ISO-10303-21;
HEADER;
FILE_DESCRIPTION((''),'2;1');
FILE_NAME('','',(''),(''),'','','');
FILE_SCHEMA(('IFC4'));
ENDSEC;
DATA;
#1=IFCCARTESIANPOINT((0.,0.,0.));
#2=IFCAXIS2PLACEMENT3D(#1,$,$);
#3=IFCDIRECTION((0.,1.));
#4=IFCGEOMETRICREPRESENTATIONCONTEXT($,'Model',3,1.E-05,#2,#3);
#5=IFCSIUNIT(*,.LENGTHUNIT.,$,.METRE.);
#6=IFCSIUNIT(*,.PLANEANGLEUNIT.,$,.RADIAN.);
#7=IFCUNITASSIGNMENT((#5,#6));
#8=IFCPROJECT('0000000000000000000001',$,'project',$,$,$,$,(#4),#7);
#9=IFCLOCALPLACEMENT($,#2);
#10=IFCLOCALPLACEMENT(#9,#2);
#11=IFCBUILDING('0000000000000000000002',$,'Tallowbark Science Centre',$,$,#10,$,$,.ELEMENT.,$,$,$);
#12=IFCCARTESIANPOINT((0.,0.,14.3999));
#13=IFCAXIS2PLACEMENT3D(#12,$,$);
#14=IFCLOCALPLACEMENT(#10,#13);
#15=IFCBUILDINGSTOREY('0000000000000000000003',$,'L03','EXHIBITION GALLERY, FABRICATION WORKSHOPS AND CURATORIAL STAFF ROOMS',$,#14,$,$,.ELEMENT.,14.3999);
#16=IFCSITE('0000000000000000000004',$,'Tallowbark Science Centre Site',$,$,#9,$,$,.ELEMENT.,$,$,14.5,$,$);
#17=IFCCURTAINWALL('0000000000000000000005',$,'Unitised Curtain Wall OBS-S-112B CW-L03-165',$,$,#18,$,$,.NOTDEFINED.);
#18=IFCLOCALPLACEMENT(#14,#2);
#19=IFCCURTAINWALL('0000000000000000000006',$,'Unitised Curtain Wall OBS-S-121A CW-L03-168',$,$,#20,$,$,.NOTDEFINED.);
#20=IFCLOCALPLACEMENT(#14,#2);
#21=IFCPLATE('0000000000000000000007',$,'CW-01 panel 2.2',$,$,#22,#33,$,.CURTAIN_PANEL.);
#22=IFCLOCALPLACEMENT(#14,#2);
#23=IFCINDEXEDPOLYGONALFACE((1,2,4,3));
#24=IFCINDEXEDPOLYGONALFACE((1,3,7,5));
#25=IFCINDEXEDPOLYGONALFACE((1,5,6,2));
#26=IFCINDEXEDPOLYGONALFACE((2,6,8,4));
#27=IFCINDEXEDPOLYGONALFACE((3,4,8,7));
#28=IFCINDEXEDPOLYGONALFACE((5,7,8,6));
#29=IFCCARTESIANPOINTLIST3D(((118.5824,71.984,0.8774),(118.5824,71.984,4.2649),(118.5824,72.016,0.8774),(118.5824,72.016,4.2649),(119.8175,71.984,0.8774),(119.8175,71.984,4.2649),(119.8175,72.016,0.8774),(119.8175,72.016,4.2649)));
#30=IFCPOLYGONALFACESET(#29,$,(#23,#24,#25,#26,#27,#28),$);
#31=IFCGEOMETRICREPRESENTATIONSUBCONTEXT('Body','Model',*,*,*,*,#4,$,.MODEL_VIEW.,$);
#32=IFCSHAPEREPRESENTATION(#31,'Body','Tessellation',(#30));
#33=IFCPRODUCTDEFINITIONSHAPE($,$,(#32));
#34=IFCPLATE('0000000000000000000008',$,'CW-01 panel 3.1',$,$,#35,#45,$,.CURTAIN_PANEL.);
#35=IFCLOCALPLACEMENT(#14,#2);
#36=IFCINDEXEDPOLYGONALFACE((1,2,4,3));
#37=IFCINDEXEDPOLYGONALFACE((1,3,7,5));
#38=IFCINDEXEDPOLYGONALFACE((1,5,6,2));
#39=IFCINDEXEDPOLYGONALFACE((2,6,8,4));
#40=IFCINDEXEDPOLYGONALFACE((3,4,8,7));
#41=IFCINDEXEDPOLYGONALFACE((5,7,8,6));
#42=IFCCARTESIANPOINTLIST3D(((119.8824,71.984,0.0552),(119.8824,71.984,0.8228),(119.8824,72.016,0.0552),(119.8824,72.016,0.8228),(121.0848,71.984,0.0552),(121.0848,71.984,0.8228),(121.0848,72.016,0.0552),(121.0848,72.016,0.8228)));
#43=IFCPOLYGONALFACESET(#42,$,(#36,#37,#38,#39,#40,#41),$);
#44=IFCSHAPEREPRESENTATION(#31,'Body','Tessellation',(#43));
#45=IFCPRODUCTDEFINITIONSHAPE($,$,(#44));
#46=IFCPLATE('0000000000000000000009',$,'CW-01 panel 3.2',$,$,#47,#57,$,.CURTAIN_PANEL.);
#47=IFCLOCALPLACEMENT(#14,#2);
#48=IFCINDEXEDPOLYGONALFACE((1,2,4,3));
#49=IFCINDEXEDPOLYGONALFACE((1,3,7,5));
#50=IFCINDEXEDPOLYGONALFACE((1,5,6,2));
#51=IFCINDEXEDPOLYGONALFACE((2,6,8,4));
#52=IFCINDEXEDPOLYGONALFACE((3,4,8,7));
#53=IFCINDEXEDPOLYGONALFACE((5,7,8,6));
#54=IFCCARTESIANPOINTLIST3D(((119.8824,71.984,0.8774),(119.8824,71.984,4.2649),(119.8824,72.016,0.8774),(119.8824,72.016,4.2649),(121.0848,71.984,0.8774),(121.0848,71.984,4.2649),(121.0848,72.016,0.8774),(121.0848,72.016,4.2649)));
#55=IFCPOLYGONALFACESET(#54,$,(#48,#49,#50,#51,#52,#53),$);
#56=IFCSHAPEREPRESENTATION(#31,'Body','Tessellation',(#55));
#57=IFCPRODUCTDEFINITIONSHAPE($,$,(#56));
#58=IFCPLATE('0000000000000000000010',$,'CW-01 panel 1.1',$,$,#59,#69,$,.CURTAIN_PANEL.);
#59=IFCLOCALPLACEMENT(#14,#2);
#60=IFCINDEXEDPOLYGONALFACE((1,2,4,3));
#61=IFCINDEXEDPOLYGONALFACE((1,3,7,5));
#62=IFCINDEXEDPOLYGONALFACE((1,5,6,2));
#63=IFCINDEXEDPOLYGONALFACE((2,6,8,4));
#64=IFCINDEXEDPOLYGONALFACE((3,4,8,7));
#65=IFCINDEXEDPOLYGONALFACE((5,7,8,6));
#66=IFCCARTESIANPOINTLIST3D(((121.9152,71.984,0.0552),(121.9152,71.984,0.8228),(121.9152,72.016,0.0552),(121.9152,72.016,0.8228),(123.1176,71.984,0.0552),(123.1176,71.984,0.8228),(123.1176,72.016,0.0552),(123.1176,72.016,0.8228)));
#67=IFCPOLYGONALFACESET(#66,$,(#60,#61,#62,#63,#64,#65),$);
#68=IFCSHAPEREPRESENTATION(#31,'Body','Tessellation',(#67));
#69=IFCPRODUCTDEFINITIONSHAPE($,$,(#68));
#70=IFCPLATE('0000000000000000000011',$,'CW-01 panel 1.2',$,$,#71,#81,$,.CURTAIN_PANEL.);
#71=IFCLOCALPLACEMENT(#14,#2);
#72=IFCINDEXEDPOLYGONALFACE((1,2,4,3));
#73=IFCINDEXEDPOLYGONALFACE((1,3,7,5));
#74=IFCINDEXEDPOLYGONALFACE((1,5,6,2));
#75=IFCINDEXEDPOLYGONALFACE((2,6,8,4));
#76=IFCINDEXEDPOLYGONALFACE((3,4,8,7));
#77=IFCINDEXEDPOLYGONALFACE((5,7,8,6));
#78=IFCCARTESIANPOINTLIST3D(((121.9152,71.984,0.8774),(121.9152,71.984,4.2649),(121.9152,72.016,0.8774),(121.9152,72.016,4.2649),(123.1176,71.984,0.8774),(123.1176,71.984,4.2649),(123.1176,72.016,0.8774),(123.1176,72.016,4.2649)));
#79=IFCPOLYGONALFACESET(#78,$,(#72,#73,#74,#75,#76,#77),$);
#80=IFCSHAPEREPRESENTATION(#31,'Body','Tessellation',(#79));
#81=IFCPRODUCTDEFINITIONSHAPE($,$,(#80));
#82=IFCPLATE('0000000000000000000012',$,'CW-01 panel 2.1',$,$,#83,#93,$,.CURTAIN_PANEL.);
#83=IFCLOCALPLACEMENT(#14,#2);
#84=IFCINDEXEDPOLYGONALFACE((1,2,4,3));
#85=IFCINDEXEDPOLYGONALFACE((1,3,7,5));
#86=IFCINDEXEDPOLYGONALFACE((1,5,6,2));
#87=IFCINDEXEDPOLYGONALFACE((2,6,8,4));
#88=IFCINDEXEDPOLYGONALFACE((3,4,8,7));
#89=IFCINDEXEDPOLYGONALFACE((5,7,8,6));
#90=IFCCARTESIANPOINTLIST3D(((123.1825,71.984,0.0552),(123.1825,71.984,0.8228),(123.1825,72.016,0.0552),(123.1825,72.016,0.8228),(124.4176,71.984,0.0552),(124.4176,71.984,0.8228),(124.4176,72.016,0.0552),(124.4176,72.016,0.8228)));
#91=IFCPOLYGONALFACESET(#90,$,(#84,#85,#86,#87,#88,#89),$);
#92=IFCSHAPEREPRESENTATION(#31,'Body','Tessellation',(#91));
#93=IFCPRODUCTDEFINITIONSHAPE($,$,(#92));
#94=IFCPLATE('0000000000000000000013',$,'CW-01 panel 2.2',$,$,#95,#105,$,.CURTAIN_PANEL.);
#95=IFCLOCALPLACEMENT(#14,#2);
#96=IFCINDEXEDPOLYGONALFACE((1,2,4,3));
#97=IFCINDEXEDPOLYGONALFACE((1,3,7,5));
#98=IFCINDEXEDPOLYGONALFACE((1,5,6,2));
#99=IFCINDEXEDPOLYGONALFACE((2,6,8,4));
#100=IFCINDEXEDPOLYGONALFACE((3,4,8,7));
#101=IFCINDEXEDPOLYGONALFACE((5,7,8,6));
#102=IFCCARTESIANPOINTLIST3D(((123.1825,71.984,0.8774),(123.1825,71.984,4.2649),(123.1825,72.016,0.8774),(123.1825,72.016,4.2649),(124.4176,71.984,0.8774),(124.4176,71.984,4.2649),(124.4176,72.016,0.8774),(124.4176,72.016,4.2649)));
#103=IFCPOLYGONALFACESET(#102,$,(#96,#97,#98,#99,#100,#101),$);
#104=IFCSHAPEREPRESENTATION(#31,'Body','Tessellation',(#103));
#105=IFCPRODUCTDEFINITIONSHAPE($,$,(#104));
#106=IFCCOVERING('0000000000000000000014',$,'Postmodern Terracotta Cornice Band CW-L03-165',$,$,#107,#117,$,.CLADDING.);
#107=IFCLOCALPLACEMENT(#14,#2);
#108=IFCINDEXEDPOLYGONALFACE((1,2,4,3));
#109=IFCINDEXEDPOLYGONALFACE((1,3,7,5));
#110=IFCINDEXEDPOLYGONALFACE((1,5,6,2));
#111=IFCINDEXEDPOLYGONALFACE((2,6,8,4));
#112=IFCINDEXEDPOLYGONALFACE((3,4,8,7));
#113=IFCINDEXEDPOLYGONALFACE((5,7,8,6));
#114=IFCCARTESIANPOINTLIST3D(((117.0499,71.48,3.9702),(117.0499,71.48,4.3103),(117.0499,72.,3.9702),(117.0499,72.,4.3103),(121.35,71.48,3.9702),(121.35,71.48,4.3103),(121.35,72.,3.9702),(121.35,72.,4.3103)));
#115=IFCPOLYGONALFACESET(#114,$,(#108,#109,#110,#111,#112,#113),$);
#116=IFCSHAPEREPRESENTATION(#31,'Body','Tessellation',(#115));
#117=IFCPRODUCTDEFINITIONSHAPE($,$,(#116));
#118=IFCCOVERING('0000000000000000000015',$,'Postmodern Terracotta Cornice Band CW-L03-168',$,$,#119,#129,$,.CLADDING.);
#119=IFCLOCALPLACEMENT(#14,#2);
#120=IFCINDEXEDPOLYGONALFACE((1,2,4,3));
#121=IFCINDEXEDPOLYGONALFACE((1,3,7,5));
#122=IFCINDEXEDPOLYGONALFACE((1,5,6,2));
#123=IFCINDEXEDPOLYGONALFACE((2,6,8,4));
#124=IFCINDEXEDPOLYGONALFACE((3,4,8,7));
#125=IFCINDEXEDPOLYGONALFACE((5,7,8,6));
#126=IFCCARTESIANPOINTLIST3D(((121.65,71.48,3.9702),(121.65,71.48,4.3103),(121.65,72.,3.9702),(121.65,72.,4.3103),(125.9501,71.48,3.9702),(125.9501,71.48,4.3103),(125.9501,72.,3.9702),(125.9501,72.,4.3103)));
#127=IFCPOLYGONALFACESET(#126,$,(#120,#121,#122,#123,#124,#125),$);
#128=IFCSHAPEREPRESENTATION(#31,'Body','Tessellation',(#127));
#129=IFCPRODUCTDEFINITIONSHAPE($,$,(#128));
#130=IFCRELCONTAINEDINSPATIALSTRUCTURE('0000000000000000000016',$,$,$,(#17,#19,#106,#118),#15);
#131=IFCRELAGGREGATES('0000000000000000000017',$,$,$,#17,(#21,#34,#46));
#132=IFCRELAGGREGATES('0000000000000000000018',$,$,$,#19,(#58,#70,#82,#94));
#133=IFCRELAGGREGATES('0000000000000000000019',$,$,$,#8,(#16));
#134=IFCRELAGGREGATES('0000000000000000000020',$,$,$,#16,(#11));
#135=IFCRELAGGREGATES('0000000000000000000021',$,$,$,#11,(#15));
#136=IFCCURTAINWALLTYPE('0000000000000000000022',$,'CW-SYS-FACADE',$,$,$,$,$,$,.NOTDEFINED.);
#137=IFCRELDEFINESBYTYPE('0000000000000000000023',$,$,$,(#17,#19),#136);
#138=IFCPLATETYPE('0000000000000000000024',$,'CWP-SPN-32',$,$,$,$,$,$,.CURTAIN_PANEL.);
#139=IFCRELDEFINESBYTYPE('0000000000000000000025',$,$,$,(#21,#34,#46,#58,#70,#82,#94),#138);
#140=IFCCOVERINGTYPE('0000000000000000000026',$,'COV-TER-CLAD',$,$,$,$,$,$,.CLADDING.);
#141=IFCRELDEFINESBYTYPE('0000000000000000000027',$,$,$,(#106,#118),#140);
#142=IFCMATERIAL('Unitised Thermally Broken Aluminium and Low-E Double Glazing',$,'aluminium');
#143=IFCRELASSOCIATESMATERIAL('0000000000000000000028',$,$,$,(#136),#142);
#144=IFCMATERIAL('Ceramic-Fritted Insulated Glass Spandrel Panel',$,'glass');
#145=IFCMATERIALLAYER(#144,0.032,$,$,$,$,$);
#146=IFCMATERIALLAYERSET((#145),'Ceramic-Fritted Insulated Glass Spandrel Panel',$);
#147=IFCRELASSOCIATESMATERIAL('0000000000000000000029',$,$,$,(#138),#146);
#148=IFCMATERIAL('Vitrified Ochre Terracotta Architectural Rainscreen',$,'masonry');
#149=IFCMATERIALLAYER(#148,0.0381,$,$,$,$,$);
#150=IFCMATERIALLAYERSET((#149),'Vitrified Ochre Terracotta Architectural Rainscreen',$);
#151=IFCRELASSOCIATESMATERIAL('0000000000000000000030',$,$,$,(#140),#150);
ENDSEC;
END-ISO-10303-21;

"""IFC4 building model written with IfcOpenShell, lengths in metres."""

from ifc_helpers import new_model, si_unit, direction, frame, origin, origin_2d, place, context, subcontext, project, spatial, rectangle, extrude, material, layer, layer_set, type_object, element, aggregate, save


model = new_model("IFC4")

# Units and contexts
model_context = context("Model", 3, precision=1e-05, world=origin(), true_north=direction((0.0, 1.0)))
body_context = subcontext(model_context, "Body", "Model", "MODEL_VIEW")
ifc_project = project(units=[si_unit("LENGTHUNIT", "METRE"), si_unit("PLANEANGLEUNIT", "RADIAN")], contexts=[model_context])

# Site, building, storey
site_placement = place(None, origin())
site = spatial("IfcSite", under=ifc_project, at=site_placement, Name="Tallowbark Science Centre Site", CompositionType="ELEMENT", RefElevation=14.5)
building_placement = place(site_placement, origin())
building = spatial("IfcBuilding", under=site, at=building_placement, Name="Tallowbark Science Centre", CompositionType="ELEMENT")
storey_placement = place(building_placement, frame((0.0, 0.0, 14.3999)))
storey = spatial("IfcBuildingStorey", under=building, at=storey_placement, Name="L03", Description="EXHIBITION GALLERY, FABRICATION WORKSHOPS AND CURATORIAL STAFF ROOMS", CompositionType="ELEMENT", Elevation=14.3999)

# Curtain walls
ifc_material_1 = material(Name="Unitised Thermally Broken Aluminium and Low-E Double Glazing", Category="aluminium")
curtain_wall_type = type_object("IfcCurtainWallType", Name="CW-SYS-FACADE", PredefinedType="NOTDEFINED", material=ifc_material_1)
curtain_wall_1_placement = place(storey_placement, origin())
curtain_wall_1 = element("IfcCurtainWall", 1, at=curtain_wall_1_placement, inside=storey, type_object=curtain_wall_type, Name="Unitised Curtain Wall OBS-S-112B CW-L03-165", PredefinedType="NOTDEFINED")
curtain_wall_2_placement = place(storey_placement, origin())
curtain_wall_2 = element("IfcCurtainWall", 2, at=curtain_wall_2_placement, inside=storey, type_object=curtain_wall_type, Name="Unitised Curtain Wall OBS-S-121A CW-L03-168", PredefinedType="NOTDEFINED")

# Plates
ifc_material_2 = material(Name="Ceramic-Fritted Insulated Glass Spandrel Panel", Category="glass")
ifc_layer_1 = layer(ifc_material_2, 0.032)
ifc_layer_set_1 = layer_set([ifc_layer_1], Name="Ceramic-Fritted Insulated Glass Spandrel Panel")
plate_type = type_object("IfcPlateType", Name="CWP-SPN-32", PredefinedType="CURTAIN_PANEL", material=ifc_layer_set_1)
plate_1_placement = place(storey_placement, frame((119.2, 72.0, 0.8774), z_axis=(0.0, 0.0, 1.0), x_axis=(1.0, 0.0, 0.0)))
plate_1 = element("IfcPlate", 3, at=plate_1_placement, type_object=plate_type, Name="CW-01 panel 2.2", PredefinedType="CURTAIN_PANEL", context=body_context, shape_type="SweptSolid", body=[
    extrude(rectangle(XDim=1.2351, YDim=0.032, at=origin_2d()), origin(), (0.0, 0.0, 1.0), 3.3875),
])
plate_2_placement = place(storey_placement, frame((120.4836, 72.0, 0.0552), z_axis=(0.0, 0.0, 1.0), x_axis=(1.0, 0.0, 0.0)))
plate_2 = element("IfcPlate", 4, at=plate_2_placement, type_object=plate_type, Name="CW-01 panel 3.1", PredefinedType="CURTAIN_PANEL", context=body_context, shape_type="SweptSolid", body=[
    extrude(rectangle(XDim=1.2024, YDim=0.032, at=origin_2d()), origin(), (0.0, 0.0, 1.0), 0.7676),
])
plate_3_placement = place(storey_placement, frame((120.4836, 72.0, 0.8774), z_axis=(0.0, 0.0, 1.0), x_axis=(1.0, 0.0, 0.0)))
plate_3 = element("IfcPlate", 5, at=plate_3_placement, type_object=plate_type, Name="CW-01 panel 3.2", PredefinedType="CURTAIN_PANEL", context=body_context, shape_type="SweptSolid", body=[
    extrude(rectangle(XDim=1.2024, YDim=0.032, at=origin_2d()), origin(), (0.0, 0.0, 1.0), 3.3875),
])
aggregate(curtain_wall_1, [plate_1, plate_2, plate_3])
plate_4_placement = place(storey_placement, frame((122.5164, 72.0, 0.0552), z_axis=(0.0, 0.0, 1.0), x_axis=(1.0, 0.0, 0.0)))
plate_4 = element("IfcPlate", 6, at=plate_4_placement, type_object=plate_type, Name="CW-01 panel 1.1", PredefinedType="CURTAIN_PANEL", context=body_context, shape_type="SweptSolid", body=[
    extrude(rectangle(XDim=1.2024, YDim=0.032, at=origin_2d()), origin(), (0.0, 0.0, 1.0), 0.7676),
])
plate_5_placement = place(storey_placement, frame((122.5164, 72.0, 0.8774), z_axis=(0.0, 0.0, 1.0), x_axis=(1.0, 0.0, 0.0)))
plate_5 = element("IfcPlate", 7, at=plate_5_placement, type_object=plate_type, Name="CW-01 panel 1.2", PredefinedType="CURTAIN_PANEL", context=body_context, shape_type="SweptSolid", body=[
    extrude(rectangle(XDim=1.2024, YDim=0.032, at=origin_2d()), origin(), (0.0, 0.0, 1.0), 3.3875),
])
plate_6_placement = place(storey_placement, frame((123.8, 72.0, 0.0552), z_axis=(0.0, 0.0, 1.0), x_axis=(1.0, 0.0, 0.0)))
plate_6 = element("IfcPlate", 8, at=plate_6_placement, type_object=plate_type, Name="CW-01 panel 2.1", PredefinedType="CURTAIN_PANEL", context=body_context, shape_type="SweptSolid", body=[
    extrude(rectangle(XDim=1.2351, YDim=0.032, at=origin_2d()), origin(), (0.0, 0.0, 1.0), 0.7676),
])
plate_7_placement = place(storey_placement, frame((123.8, 72.0, 0.8774), z_axis=(0.0, 0.0, 1.0), x_axis=(1.0, 0.0, 0.0)))
plate_7 = element("IfcPlate", 9, at=plate_7_placement, type_object=plate_type, Name="CW-01 panel 2.2", PredefinedType="CURTAIN_PANEL", context=body_context, shape_type="SweptSolid", body=[
    extrude(rectangle(XDim=1.2351, YDim=0.032, at=origin_2d()), origin(), (0.0, 0.0, 1.0), 3.3875),
])
aggregate(curtain_wall_2, [plate_4, plate_5, plate_6, plate_7])

# Coverings
ifc_material_3 = material(Name="Vitrified Ochre Terracotta Architectural Rainscreen", Category="masonry")
ifc_layer_2 = layer(ifc_material_3, 0.0381)
ifc_layer_set_2 = layer_set([ifc_layer_2], Name="Vitrified Ochre Terracotta Architectural Rainscreen")
covering_type = type_object("IfcCoveringType", Name="COV-TER-CLAD", PredefinedType="CLADDING", material=ifc_layer_set_2)
for number, where, z_axis, x_axis, name in (
    (10, (119.2, 71.74, 3.9702), (0.0, 0.0, 1.0), (1.0, 0.0, 0.0), "Postmodern Terracotta Cornice Band CW-L03-165"),
    (11, (123.8, 71.74, 3.9702), (0.0, 0.0, 1.0), (1.0, 0.0, 0.0), "Postmodern Terracotta Cornice Band CW-L03-168"),
):
    element("IfcCovering", number, at=place(storey_placement, frame(where, z_axis=z_axis, x_axis=x_axis)), inside=storey, type_object=covering_type, Name=name, PredefinedType="CLADDING", context=body_context, shape_type="SweptSolid", body=[
        extrude(rectangle(XDim=4.3, YDim=0.52, at=origin_2d()), origin(), (0.0, 0.0, 1.0), 0.3401),
    ])

save(model, "model.ifc")
